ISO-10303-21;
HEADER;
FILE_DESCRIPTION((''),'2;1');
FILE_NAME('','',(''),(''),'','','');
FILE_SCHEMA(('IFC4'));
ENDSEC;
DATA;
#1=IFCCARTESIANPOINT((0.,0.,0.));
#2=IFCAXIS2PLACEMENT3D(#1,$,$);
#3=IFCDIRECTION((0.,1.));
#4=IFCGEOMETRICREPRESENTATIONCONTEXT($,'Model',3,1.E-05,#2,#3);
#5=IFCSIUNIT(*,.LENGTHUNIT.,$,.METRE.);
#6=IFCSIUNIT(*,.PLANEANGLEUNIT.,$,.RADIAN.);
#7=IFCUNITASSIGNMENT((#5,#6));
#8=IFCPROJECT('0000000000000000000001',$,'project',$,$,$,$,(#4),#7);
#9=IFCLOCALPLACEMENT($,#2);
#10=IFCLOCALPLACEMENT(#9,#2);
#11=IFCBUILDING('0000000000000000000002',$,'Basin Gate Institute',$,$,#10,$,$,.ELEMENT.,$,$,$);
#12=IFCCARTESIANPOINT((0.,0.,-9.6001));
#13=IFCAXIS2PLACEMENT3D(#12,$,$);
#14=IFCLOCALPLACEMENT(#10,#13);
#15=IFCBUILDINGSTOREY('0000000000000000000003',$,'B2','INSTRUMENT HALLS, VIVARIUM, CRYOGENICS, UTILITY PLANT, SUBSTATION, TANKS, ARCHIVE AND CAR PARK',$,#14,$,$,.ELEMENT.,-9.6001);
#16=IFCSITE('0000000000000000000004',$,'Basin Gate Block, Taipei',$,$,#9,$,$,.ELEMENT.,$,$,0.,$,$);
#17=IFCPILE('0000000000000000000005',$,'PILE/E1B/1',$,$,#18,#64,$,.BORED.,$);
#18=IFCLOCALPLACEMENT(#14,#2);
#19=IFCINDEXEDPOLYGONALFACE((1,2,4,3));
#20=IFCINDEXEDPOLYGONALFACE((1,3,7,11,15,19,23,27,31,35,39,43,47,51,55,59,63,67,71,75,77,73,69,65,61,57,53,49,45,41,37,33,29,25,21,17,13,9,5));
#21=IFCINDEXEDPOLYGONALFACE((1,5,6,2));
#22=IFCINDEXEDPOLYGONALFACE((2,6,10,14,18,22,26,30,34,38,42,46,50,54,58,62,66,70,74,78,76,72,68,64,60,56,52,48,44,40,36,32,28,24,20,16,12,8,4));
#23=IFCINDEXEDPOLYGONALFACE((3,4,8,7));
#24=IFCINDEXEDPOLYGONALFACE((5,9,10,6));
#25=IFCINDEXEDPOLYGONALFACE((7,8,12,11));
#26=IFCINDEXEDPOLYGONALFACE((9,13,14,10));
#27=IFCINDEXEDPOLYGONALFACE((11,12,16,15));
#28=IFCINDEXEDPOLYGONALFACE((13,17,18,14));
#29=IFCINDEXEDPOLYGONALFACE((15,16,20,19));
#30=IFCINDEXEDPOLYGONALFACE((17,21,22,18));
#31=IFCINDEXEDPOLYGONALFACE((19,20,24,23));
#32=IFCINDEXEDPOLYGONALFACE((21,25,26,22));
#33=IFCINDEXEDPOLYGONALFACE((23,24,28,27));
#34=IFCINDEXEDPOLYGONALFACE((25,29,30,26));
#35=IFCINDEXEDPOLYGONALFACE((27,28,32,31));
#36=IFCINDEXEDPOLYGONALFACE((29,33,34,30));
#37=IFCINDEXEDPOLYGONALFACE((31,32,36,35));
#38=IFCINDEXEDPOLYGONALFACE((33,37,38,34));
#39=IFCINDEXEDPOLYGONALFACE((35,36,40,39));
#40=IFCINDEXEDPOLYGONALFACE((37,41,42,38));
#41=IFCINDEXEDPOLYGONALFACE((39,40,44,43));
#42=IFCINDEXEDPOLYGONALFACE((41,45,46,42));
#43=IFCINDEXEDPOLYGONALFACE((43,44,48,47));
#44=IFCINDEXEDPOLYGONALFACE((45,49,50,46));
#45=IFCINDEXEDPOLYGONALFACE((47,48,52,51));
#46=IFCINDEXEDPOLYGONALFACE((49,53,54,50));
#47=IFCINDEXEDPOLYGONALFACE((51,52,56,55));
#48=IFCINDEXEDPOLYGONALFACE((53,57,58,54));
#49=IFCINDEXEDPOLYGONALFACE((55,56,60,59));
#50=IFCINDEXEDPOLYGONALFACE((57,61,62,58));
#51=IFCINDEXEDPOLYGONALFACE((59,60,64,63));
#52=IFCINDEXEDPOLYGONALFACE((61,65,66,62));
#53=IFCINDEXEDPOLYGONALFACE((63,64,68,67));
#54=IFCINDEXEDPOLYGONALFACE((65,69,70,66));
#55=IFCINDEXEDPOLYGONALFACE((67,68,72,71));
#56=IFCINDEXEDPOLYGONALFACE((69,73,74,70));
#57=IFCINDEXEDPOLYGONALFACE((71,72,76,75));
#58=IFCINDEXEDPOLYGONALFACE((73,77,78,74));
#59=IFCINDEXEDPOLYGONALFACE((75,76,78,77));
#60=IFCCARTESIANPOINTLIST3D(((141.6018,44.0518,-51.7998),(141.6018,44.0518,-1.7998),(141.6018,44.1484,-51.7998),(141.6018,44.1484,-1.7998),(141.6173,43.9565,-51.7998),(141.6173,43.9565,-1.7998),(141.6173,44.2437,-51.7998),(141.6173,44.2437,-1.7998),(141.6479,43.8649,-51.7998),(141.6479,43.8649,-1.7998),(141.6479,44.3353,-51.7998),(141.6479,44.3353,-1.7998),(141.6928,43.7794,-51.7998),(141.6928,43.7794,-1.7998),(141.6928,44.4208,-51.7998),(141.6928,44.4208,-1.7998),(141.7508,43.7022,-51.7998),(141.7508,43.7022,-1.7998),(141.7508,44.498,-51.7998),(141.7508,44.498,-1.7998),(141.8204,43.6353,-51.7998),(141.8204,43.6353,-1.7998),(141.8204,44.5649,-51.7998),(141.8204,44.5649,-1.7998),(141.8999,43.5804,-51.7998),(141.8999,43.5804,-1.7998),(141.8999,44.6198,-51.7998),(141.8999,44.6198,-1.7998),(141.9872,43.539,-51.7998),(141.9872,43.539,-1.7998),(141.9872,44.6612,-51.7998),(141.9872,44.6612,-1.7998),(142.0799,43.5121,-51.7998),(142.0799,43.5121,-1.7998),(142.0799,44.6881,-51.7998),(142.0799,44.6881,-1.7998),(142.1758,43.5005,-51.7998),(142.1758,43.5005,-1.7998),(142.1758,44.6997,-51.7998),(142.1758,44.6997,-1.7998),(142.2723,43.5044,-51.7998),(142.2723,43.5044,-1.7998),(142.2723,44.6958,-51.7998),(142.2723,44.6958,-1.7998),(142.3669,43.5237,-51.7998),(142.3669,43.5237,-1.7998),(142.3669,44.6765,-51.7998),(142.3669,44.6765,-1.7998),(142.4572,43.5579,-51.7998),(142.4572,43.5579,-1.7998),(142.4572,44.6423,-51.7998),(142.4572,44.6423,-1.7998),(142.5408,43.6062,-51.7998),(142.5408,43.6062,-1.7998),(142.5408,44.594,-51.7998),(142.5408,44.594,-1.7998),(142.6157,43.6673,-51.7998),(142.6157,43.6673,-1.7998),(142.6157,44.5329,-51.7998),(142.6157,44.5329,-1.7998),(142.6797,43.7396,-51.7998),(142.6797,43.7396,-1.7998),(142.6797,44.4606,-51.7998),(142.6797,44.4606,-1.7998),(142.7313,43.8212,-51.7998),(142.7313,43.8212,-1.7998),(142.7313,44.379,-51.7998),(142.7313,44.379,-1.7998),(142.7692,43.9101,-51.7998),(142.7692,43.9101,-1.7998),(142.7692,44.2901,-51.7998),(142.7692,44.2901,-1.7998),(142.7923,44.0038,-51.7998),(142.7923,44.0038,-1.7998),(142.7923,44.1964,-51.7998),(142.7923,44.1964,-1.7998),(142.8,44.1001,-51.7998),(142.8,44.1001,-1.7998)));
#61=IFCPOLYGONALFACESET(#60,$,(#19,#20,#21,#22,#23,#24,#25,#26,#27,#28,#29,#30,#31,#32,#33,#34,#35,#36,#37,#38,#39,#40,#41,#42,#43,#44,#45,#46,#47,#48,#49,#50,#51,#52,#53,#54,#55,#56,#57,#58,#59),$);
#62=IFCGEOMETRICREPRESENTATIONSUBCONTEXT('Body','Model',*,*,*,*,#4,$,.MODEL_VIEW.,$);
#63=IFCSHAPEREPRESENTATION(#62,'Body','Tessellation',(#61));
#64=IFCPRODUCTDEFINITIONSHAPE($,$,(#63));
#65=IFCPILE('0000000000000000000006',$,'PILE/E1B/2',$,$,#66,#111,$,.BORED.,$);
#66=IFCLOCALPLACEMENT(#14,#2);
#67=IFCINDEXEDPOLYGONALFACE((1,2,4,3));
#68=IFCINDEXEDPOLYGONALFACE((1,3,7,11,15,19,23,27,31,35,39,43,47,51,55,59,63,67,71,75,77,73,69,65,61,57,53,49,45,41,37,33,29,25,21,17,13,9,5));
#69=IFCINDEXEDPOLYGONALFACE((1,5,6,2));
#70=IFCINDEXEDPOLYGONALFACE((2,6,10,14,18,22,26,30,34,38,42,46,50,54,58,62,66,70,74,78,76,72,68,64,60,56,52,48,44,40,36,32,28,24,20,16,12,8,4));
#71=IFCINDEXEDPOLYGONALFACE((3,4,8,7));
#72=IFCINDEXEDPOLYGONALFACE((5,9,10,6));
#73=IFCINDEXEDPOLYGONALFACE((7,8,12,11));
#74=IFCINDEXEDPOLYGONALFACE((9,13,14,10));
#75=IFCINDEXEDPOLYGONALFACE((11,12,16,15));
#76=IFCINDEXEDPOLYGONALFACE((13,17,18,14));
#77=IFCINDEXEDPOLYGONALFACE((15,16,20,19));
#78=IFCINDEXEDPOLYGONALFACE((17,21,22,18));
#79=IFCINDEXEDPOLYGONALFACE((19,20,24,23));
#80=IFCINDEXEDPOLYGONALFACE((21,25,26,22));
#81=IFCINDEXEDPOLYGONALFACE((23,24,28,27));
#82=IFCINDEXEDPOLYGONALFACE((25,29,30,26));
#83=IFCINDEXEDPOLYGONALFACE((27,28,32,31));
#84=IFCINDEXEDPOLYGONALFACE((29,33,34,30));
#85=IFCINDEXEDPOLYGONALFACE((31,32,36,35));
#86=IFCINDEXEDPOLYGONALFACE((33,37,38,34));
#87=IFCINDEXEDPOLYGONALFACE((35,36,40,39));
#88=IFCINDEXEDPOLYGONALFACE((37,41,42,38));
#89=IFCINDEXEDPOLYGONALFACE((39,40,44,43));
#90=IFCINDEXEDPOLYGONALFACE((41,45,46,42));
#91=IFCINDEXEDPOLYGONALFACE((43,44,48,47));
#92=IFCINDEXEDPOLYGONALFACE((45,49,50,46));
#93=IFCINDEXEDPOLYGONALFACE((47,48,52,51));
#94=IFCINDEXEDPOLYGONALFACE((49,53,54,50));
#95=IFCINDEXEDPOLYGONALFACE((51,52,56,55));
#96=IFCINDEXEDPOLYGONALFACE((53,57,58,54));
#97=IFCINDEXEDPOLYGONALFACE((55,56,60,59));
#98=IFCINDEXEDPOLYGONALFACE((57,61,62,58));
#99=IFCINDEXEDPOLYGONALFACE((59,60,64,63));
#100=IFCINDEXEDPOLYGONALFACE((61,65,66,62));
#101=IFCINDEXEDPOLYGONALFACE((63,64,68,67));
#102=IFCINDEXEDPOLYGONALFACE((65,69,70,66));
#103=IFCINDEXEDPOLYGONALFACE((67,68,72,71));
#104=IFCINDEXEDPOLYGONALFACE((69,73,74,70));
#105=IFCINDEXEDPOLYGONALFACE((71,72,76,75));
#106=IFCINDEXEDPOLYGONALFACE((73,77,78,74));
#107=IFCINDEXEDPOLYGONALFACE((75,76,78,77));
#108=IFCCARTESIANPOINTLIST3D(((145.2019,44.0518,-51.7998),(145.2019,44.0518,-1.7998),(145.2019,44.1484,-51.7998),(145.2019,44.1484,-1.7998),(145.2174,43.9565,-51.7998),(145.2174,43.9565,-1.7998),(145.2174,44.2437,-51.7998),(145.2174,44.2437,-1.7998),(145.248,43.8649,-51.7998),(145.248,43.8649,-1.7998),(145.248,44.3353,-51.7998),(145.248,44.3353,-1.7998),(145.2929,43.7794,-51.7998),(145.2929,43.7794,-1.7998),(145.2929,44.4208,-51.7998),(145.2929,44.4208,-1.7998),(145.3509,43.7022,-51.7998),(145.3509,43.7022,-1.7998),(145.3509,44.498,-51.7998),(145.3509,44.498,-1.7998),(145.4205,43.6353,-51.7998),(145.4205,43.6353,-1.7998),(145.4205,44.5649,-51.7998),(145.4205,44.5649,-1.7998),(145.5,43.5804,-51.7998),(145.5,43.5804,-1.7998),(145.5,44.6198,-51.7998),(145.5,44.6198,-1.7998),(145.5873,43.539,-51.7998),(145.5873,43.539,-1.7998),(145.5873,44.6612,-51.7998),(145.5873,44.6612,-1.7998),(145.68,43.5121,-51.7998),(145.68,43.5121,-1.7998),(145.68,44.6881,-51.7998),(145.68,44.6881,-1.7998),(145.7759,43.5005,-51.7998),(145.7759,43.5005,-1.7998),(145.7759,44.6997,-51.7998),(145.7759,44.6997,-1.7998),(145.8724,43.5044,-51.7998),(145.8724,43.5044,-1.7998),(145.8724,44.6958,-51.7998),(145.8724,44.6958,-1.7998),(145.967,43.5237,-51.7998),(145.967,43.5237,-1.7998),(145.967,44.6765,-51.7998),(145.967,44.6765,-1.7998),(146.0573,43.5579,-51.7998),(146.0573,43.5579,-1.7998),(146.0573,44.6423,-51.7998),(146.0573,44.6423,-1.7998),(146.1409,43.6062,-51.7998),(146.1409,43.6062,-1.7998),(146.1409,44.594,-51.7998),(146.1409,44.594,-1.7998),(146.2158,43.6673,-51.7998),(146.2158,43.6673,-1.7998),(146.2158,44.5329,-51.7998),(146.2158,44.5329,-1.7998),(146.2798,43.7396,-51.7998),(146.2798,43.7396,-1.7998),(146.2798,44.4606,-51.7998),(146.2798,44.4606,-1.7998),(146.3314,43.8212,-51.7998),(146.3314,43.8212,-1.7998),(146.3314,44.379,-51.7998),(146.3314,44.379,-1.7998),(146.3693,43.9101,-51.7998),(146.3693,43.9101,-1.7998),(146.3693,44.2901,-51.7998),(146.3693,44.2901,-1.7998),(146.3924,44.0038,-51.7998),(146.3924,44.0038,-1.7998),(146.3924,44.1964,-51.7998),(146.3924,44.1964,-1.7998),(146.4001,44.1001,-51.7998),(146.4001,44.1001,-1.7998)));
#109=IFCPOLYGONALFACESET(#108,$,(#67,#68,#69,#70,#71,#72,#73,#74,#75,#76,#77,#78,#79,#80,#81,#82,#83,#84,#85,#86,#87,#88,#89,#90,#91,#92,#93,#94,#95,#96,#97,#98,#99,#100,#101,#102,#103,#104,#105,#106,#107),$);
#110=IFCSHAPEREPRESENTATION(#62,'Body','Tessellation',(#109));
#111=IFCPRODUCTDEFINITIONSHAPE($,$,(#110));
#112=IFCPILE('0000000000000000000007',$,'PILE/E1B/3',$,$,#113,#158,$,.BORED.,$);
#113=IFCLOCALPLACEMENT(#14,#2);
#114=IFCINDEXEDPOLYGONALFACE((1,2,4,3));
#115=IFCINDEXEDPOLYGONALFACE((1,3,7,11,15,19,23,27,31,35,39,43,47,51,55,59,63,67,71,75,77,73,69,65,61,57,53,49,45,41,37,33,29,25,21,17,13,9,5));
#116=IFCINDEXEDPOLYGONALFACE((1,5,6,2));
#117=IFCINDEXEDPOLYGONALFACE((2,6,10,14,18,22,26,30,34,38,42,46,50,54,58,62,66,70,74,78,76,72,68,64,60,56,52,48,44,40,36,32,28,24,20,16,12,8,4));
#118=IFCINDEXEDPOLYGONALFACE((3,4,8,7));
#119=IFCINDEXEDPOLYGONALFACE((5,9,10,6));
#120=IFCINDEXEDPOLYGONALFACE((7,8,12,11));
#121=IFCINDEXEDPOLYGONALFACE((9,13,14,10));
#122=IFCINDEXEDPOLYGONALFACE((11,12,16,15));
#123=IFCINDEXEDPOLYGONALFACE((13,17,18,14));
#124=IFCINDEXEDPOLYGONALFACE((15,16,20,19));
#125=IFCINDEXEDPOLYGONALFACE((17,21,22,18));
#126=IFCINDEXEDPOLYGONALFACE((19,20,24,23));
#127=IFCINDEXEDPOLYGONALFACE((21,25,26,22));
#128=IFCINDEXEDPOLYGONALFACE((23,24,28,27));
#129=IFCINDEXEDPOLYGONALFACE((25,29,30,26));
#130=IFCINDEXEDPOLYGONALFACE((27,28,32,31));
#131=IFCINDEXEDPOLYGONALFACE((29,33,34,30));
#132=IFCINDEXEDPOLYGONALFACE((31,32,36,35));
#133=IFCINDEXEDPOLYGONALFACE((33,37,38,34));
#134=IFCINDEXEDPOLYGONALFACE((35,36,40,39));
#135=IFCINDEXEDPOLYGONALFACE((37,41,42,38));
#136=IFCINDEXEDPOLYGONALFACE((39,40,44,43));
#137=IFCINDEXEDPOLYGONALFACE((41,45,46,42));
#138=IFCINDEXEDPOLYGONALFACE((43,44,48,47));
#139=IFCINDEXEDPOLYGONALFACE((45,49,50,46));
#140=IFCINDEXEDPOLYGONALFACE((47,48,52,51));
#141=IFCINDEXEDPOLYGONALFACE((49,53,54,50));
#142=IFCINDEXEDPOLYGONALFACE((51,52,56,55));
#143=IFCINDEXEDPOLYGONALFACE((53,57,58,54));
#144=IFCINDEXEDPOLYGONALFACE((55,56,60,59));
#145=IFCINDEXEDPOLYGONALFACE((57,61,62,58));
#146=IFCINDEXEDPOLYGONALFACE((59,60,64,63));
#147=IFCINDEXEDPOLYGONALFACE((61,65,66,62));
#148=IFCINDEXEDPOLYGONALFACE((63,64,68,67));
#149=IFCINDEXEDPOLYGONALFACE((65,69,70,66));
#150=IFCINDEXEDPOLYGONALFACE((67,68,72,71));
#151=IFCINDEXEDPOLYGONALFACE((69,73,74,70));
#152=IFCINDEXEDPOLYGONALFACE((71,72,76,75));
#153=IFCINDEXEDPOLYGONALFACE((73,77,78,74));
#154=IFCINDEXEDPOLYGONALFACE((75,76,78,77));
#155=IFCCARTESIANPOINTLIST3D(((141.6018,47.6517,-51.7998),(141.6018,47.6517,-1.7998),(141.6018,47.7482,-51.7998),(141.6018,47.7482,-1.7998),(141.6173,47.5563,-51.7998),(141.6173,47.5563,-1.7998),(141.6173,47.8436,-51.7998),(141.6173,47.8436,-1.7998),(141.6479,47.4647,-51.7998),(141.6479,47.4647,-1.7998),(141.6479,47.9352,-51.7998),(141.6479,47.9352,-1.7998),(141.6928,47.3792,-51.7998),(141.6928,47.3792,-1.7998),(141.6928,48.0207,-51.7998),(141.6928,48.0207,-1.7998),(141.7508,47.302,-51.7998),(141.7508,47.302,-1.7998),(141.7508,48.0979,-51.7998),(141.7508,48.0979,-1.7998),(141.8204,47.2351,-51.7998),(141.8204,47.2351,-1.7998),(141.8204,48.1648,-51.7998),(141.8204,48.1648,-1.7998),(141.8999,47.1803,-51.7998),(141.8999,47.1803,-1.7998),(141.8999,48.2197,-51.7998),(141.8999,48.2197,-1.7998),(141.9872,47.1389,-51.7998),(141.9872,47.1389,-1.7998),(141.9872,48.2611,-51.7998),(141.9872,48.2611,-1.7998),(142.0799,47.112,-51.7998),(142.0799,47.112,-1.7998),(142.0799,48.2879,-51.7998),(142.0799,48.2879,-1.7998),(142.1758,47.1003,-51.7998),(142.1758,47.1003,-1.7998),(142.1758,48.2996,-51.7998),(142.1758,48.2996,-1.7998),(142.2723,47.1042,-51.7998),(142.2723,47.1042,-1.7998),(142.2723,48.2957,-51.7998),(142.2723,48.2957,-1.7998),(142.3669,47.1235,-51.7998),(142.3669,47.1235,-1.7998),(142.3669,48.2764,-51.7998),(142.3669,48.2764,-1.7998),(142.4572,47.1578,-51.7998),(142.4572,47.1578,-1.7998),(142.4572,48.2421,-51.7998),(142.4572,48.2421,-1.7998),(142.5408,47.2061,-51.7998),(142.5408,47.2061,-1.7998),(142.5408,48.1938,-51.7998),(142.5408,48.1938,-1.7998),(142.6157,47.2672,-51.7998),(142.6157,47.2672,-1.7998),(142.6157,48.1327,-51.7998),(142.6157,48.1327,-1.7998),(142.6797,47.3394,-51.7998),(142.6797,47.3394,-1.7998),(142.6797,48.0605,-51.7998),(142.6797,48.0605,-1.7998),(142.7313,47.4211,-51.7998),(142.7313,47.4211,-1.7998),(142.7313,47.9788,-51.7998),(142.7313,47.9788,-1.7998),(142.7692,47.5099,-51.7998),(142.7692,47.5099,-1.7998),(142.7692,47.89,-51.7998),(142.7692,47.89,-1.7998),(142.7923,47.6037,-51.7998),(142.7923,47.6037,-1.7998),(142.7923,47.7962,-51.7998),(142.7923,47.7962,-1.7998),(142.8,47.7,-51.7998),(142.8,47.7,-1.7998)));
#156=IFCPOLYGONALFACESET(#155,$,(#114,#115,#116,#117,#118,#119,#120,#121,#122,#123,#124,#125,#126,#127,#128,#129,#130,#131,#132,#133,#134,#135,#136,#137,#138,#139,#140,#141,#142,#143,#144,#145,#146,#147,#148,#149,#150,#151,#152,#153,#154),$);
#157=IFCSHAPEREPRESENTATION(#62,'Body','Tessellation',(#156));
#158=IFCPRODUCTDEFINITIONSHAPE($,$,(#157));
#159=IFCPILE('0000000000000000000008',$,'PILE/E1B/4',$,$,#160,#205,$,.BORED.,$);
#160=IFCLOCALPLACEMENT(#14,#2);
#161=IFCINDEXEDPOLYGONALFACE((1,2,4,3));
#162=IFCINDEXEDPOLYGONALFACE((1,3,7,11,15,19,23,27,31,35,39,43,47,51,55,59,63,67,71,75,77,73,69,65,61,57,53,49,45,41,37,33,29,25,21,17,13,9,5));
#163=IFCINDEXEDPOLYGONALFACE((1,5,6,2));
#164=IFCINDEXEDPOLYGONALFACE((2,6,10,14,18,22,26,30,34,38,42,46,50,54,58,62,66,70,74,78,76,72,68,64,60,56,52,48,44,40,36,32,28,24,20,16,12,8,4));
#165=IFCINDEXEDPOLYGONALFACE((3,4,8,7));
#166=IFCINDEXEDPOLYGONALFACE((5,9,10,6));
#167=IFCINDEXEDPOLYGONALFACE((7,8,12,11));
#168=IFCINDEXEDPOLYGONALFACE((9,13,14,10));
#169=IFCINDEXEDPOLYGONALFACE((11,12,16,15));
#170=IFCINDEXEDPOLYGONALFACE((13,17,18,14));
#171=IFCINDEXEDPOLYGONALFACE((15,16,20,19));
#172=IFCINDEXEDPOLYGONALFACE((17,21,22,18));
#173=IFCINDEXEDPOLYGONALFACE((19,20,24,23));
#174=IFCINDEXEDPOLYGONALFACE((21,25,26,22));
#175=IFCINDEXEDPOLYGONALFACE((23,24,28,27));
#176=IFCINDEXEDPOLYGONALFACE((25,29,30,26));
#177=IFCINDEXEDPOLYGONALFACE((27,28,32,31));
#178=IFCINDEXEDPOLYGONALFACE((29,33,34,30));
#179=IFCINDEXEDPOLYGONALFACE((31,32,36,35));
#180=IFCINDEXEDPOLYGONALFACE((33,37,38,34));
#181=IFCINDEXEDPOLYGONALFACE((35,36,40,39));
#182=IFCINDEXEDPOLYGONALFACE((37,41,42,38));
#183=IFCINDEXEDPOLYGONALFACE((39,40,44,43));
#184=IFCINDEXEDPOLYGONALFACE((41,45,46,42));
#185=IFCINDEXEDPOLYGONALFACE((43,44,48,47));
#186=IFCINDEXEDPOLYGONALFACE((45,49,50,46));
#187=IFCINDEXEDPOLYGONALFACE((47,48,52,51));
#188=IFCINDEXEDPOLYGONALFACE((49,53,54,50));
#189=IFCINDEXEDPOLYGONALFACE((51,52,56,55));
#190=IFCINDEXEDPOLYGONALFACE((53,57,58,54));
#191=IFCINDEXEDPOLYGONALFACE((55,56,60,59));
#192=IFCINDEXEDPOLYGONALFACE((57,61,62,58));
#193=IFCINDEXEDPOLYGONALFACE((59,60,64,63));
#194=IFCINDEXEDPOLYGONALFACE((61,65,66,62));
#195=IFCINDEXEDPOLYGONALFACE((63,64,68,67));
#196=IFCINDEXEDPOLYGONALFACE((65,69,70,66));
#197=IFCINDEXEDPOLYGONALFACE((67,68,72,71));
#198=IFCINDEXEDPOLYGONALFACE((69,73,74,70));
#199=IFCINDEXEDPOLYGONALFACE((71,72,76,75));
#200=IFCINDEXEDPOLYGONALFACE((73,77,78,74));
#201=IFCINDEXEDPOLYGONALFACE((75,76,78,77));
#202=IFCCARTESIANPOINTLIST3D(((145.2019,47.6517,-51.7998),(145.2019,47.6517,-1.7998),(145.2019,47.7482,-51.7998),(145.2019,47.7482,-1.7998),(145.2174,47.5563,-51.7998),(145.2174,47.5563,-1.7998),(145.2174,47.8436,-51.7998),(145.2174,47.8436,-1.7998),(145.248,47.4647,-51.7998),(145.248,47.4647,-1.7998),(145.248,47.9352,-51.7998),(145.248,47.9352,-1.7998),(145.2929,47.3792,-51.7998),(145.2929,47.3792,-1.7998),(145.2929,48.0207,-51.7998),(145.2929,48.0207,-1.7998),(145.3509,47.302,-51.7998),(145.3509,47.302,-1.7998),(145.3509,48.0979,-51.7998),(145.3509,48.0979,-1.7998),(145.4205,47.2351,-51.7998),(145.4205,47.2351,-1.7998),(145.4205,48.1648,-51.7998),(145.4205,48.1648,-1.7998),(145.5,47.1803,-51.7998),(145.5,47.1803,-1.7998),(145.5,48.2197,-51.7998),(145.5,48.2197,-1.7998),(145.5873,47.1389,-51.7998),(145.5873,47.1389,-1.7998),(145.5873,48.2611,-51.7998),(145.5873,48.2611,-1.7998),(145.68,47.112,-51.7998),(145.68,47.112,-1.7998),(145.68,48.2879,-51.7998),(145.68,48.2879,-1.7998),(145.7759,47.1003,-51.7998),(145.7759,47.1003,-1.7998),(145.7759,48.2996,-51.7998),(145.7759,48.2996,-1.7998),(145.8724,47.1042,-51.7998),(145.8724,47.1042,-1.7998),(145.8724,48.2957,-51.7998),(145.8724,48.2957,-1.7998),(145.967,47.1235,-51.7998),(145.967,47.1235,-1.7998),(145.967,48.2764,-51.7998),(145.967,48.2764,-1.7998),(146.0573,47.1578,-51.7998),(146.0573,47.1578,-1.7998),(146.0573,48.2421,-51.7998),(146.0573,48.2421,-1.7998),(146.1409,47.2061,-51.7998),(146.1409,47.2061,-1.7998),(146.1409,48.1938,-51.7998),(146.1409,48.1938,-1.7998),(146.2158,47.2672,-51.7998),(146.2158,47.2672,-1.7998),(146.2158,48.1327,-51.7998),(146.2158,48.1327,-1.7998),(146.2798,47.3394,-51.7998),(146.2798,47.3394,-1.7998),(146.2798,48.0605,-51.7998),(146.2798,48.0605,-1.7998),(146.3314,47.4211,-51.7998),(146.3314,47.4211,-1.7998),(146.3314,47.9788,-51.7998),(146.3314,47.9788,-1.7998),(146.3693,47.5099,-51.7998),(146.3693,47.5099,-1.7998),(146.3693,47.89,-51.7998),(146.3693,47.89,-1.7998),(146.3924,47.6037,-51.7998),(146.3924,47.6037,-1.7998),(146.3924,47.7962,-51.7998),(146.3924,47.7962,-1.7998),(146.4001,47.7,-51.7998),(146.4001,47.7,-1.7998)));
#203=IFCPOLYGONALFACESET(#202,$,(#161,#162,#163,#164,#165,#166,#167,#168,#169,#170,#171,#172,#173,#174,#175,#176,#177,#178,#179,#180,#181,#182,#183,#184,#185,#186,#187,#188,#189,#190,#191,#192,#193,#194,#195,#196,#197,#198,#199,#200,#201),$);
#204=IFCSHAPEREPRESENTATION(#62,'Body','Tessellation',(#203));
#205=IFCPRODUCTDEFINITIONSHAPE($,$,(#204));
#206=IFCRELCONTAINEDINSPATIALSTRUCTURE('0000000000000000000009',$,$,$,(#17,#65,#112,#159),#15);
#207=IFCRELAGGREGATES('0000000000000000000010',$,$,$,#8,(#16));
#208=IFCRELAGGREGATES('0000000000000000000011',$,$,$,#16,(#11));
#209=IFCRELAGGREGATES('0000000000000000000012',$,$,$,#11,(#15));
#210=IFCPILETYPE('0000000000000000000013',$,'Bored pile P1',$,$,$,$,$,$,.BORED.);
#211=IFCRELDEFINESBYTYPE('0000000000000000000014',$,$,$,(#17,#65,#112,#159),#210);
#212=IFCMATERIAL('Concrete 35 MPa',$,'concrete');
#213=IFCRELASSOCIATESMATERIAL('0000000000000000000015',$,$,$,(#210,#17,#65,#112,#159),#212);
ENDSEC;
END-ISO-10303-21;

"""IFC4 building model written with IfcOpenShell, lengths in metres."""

from ifc_helpers import new_model, si_unit, direction, frame, origin, origin_2d, place, context, subcontext, project, spatial, circle, extrude, material, material_profile, profile_set, type_object, element, save


model = new_model("IFC4")

# Units and contexts
model_context = context("Model", 3, precision=1e-05, world=origin(), true_north=direction((0.0, 1.0)))
body_context = subcontext(model_context, "Body", "Model", "MODEL_VIEW")
ifc_project = project(units=[si_unit("LENGTHUNIT", "METRE"), si_unit("PLANEANGLEUNIT", "RADIAN")], contexts=[model_context])

# Site, building, storey
site_placement = place(None, origin())
site = spatial("IfcSite", under=ifc_project, at=site_placement, Name="Basin Gate Block, Taipei", CompositionType="ELEMENT", RefElevation=0.0)
building_placement = place(site_placement, origin())
building = spatial("IfcBuilding", under=site, at=building_placement, Name="Basin Gate Institute", CompositionType="ELEMENT")
storey_placement = place(building_placement, frame((0.0, 0.0, -9.6001)))
storey = spatial("IfcBuildingStorey", under=building, at=storey_placement, Name="B2", Description="INSTRUMENT HALLS, VIVARIUM, CRYOGENICS, UTILITY PLANT, SUBSTATION, TANKS, ARCHIVE AND CAR PARK", CompositionType="ELEMENT", Elevation=-9.6001)

# Piles
ifc_material_1 = material(Name="Concrete 35 MPa", Category="concrete")
ifc_material_profile_1 = material_profile(ifc_material_1, circle(Radius=0.6001, at=origin_2d()), Name="Bored pile P1 1200 dia")
ifc_profile_set_1 = profile_set([ifc_material_profile_1], Name="Concrete 35 MPa")
pile_type = type_object("IfcPileType", Name="Bored pile P1", PredefinedType="BORED", material=ifc_profile_set_1)
for number, where, z_axis, x_axis, name in (
    (1, (142.2, 44.1001, -1.7998), (0.0, 0.0, -1.0), (1.0, 0.0, 0.0), "PILE/E1B/1"),
    (2, (145.8, 44.1001, -1.7998), (0.0, 0.0, -1.0), (1.0, 0.0, 0.0), "PILE/E1B/2"),
    (3, (142.2, 47.7, -1.7998), (0.0, 0.0, -1.0), (1.0, 0.0, 0.0), "PILE/E1B/3"),
    (4, (145.8, 47.7, -1.7998), (0.0, 0.0, -1.0), (1.0, 0.0, 0.0), "PILE/E1B/4"),
):
    element("IfcPile", number, at=place(storey_placement, frame(where, z_axis=z_axis, x_axis=x_axis)), inside=storey, type_object=pile_type, material=ifc_profile_set_1, Name=name, PredefinedType="BORED", context=body_context, shape_type="SweptSolid", body=[
        extrude(circle(Radius=0.6001, at=origin_2d()), origin(), (0.0, 0.0, 1.0), 50.0),
    ])

save(model, "model.ifc")
